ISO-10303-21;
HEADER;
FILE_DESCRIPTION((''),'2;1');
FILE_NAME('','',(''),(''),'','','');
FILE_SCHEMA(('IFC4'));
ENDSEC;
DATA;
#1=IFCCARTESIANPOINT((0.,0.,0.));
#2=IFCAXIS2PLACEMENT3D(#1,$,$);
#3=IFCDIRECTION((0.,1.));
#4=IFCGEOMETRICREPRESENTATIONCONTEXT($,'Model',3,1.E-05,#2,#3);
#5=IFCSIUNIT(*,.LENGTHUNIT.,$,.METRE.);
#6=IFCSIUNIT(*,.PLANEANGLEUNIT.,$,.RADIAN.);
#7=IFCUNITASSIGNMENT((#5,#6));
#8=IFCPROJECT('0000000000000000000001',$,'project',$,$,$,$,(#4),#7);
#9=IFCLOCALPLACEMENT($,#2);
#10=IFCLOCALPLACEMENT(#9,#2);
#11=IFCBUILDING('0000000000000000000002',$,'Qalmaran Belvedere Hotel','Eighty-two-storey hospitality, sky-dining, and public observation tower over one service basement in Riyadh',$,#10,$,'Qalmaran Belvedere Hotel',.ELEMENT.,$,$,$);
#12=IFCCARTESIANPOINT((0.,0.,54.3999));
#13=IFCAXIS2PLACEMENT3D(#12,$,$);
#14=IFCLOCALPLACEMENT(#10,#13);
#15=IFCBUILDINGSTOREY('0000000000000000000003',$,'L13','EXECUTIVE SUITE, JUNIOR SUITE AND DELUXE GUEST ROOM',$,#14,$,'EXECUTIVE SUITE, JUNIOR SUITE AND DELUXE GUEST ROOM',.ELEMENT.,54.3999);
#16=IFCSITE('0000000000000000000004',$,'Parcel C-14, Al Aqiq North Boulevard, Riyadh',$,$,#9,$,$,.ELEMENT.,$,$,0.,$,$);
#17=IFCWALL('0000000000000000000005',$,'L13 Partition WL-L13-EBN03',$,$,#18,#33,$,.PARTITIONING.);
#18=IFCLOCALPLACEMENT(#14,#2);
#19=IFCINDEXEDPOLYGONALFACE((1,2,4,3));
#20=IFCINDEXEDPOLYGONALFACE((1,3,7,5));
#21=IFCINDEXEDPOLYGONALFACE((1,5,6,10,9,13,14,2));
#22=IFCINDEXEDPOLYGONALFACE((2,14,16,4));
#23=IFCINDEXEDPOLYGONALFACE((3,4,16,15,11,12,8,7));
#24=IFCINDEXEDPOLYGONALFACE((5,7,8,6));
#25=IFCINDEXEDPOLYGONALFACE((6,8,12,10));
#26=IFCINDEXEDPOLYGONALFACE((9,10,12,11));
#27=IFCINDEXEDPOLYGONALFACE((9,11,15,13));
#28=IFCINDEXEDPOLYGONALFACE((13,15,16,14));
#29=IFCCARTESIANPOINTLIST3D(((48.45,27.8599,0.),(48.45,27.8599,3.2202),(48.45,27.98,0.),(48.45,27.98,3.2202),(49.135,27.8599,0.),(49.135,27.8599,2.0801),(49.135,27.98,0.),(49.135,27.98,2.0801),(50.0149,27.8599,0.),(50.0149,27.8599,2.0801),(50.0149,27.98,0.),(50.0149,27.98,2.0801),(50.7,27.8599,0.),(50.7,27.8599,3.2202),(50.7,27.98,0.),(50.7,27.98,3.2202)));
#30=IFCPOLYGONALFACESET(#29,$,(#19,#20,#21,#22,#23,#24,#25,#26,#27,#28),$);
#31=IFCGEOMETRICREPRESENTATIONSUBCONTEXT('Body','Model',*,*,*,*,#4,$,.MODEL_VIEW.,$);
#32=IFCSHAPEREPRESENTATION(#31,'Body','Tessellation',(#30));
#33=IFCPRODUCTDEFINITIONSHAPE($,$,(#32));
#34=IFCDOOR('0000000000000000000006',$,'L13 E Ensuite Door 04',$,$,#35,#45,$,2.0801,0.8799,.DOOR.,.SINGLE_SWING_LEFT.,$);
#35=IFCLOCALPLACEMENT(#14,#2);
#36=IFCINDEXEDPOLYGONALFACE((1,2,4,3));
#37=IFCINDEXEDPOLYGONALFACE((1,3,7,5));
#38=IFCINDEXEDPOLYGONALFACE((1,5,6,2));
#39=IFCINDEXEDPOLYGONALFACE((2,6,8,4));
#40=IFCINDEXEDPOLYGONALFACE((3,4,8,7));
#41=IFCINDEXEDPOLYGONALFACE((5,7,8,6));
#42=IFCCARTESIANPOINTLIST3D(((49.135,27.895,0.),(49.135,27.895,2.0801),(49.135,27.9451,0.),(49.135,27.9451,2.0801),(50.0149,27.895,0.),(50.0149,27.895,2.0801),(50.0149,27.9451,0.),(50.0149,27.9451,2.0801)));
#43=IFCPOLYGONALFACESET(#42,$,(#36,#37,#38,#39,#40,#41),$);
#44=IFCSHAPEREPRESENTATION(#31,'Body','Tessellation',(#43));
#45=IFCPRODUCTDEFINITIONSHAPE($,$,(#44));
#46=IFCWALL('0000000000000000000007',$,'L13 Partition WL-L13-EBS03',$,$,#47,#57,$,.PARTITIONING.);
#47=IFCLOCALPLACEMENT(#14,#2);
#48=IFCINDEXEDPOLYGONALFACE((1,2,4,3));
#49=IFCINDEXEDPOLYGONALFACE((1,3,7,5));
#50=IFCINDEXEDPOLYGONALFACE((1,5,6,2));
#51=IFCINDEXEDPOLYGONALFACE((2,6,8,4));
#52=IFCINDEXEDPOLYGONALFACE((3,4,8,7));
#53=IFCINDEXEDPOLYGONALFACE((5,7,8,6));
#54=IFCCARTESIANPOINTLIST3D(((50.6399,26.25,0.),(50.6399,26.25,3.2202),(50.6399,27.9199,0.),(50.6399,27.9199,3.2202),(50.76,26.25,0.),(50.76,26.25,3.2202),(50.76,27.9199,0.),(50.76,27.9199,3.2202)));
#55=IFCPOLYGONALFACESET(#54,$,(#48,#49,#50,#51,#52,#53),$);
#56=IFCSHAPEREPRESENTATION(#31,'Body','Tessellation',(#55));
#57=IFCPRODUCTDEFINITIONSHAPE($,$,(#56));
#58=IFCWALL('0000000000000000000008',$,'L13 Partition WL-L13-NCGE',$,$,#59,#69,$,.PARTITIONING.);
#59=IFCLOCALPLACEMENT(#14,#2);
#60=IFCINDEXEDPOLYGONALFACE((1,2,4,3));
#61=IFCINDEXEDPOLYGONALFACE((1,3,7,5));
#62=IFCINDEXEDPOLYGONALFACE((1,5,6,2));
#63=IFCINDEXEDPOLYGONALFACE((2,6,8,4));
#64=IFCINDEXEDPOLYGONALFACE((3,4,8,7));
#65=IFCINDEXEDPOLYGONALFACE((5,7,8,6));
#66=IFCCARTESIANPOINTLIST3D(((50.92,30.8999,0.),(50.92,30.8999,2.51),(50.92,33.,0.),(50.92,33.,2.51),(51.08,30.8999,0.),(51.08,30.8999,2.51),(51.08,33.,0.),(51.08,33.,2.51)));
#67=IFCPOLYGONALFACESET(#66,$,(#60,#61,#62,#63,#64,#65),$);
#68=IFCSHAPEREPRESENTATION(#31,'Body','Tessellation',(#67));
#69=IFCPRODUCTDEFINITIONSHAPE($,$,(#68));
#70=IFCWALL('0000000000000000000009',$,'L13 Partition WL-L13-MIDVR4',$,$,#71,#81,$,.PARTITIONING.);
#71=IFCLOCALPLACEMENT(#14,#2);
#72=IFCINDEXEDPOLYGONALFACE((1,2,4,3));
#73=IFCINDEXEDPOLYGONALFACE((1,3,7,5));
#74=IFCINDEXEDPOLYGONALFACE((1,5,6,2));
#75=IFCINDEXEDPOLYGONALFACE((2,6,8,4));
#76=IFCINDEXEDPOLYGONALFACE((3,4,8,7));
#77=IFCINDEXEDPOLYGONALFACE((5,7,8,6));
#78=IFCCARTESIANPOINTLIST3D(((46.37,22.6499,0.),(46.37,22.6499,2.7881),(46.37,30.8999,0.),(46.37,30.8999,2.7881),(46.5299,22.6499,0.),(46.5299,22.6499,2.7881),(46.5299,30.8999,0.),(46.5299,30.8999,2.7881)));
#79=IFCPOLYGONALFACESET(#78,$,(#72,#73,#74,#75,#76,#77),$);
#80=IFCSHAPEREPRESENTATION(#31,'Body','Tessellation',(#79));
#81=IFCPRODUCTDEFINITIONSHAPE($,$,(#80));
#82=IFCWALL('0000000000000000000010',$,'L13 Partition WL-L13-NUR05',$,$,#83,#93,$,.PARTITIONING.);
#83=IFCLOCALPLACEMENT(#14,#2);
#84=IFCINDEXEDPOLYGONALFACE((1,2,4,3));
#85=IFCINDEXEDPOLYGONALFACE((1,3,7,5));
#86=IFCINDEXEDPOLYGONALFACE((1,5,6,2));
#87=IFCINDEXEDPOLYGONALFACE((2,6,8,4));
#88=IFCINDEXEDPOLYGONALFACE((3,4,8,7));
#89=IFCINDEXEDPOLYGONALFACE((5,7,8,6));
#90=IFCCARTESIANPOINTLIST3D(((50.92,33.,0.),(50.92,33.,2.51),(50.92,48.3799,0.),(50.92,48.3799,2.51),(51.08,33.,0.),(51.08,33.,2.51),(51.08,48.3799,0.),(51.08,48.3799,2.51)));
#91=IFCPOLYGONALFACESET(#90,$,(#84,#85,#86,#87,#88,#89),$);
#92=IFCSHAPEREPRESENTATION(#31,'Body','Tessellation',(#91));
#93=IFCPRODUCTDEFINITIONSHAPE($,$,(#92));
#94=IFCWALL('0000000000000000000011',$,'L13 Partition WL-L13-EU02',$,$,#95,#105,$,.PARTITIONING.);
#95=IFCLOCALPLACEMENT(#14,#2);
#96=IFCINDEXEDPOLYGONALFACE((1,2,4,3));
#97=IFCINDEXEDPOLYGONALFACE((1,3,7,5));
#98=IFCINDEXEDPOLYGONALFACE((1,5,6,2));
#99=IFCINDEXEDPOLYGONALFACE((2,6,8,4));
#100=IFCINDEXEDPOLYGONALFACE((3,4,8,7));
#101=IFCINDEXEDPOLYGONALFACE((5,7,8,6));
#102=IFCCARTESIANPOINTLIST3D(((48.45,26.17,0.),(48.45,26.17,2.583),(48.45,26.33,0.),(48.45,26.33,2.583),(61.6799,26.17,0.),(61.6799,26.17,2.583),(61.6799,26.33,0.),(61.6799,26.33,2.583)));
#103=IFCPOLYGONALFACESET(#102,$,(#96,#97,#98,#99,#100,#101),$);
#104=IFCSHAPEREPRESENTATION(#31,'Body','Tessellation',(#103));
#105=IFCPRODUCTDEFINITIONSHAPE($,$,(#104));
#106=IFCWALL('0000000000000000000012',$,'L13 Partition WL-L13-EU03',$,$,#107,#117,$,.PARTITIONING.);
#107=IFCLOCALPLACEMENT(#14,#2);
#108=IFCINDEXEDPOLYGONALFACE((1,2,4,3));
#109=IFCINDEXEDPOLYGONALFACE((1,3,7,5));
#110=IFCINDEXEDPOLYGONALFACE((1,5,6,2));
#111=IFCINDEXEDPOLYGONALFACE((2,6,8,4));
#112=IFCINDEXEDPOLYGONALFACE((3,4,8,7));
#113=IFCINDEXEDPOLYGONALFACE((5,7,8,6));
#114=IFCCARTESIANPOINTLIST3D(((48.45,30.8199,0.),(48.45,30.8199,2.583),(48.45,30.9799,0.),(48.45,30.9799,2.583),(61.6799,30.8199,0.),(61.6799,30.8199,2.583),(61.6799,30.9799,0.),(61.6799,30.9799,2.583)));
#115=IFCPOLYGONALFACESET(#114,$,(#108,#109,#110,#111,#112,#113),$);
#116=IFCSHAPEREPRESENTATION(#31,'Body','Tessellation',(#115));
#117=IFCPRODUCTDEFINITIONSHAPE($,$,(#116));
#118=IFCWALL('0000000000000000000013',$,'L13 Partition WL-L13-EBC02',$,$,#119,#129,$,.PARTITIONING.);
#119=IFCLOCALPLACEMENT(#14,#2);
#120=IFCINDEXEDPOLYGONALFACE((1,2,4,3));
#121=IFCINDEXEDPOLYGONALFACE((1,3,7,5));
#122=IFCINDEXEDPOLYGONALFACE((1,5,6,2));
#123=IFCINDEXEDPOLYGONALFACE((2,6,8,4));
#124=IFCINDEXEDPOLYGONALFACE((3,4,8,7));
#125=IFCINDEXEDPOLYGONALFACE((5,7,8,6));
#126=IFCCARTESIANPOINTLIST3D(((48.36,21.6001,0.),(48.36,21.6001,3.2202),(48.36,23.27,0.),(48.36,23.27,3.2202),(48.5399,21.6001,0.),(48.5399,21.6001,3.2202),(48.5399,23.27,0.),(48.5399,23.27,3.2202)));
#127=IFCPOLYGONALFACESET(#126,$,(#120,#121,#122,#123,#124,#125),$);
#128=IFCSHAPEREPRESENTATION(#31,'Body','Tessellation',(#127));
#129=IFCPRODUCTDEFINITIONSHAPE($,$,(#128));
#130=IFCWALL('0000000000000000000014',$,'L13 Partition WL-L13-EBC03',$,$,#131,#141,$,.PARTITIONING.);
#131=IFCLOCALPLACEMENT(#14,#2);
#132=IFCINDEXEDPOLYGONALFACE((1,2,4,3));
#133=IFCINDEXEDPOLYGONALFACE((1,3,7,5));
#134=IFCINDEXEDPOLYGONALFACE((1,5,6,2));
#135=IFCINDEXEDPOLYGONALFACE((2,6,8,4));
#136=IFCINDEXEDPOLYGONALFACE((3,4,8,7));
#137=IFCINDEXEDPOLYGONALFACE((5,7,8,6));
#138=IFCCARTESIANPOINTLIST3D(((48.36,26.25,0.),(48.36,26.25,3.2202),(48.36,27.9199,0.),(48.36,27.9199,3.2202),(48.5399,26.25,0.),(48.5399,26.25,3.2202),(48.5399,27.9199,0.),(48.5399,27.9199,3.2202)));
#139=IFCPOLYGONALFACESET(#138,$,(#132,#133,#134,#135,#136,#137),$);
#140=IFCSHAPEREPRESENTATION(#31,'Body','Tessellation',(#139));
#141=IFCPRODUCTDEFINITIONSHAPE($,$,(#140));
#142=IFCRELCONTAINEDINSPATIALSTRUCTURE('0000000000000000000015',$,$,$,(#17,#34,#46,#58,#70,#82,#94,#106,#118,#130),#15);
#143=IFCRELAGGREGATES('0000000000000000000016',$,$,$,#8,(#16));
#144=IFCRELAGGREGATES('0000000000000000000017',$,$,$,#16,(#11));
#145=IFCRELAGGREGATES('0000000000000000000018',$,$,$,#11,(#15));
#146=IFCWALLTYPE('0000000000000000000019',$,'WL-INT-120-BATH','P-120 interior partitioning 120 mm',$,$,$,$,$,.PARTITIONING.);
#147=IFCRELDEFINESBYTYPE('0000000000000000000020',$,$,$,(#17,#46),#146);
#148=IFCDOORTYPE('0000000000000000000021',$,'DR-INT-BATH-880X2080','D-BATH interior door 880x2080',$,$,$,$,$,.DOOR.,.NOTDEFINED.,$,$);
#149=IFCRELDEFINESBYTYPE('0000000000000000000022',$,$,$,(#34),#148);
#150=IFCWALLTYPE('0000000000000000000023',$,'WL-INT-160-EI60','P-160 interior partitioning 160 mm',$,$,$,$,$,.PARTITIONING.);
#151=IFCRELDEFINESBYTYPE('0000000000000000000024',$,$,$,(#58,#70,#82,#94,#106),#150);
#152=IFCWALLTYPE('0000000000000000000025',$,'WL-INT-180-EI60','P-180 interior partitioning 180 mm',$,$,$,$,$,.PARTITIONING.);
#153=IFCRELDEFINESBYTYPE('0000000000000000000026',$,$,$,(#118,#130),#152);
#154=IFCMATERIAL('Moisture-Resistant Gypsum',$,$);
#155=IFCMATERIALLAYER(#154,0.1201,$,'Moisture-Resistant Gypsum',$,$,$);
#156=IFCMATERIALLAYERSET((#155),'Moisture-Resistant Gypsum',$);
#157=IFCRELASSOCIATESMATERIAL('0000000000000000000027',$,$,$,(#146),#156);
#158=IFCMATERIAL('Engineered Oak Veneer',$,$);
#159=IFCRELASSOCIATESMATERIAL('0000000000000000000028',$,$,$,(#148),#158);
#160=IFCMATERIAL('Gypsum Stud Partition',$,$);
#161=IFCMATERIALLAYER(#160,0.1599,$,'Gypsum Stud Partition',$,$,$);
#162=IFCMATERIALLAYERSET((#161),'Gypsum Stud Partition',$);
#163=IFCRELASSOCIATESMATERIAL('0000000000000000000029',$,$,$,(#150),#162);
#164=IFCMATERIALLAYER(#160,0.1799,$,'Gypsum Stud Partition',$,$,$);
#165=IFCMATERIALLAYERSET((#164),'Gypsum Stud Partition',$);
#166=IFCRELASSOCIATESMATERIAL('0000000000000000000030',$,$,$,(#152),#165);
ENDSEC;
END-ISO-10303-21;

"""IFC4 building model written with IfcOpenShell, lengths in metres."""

from ifc_helpers import new_model, si_unit, direction, frame, frame_2d, origin, place, context, subcontext, project, spatial, rectangle, extrude, material, layer, layer_set, type_object, element, fill, save


model = new_model("IFC4")

# Units and contexts
model_context = context("Model", 3, precision=1e-05, world=origin(), true_north=direction((0.0, 1.0)))
body_context = subcontext(model_context, "Body", "Model", "MODEL_VIEW")
ifc_project = project(units=[si_unit("LENGTHUNIT", "METRE"), si_unit("PLANEANGLEUNIT", "RADIAN")], contexts=[model_context])

# Site, building, storey
site_placement = place(None, origin())
site = spatial("IfcSite", under=ifc_project, at=site_placement, Name="Parcel C-14, Al Aqiq North Boulevard, Riyadh", CompositionType="ELEMENT", RefElevation=0.0)
building_placement = place(site_placement, origin())
building = spatial("IfcBuilding", under=site, at=building_placement, Name="Qalmaran Belvedere Hotel", Description="Eighty-two-storey hospitality, sky-dining, and public observation tower over one service basement in Riyadh", LongName="Qalmaran Belvedere Hotel", CompositionType="ELEMENT")
storey_placement = place(building_placement, frame((0.0, 0.0, 54.3999)))
storey = spatial("IfcBuildingStorey", under=building, at=storey_placement, Name="L13", Description="EXECUTIVE SUITE, JUNIOR SUITE AND DELUXE GUEST ROOM", LongName="EXECUTIVE SUITE, JUNIOR SUITE AND DELUXE GUEST ROOM", CompositionType="ELEMENT", Elevation=54.3999)

# Shared definitions
ifc_material_1 = material(Name="Moisture-Resistant Gypsum")
ifc_layer_1 = layer(ifc_material_1, 0.1201, Name="Moisture-Resistant Gypsum")
ifc_layer_set_1 = layer_set([ifc_layer_1], Name="Moisture-Resistant Gypsum")
wall_type_1 = type_object("IfcWallType", Name="WL-INT-120-BATH", Description="P-120 interior partitioning 120 mm", PredefinedType="PARTITIONING", material=ifc_layer_set_1)

# Shared definitions
ifc_material_2 = material(Name="Engineered Oak Veneer")
door_type_1 = type_object("IfcDoorType", Name="DR-INT-BATH-880X2080", Description="D-BATH interior door 880x2080", OperationType="NOTDEFINED", PredefinedType="DOOR", material=ifc_material_2)

# Wall, opening, door
wall_1_placement = place(storey_placement, frame((48.45, 27.9199, 0.0), z_axis=(0.0, 0.0, 1.0), x_axis=(1.0, 0.0, 0.0)))
wall_1 = element("IfcWall", 1, at=wall_1_placement, inside=storey, type_object=wall_type_1, Name="L13 Partition WL-L13-EBN03", PredefinedType="PARTITIONING", context=body_context, shape_type="SweptSolid", body=[
    extrude(rectangle(XDim=2.25, YDim=0.1201, at=frame_2d((1.125, 0.0))), origin(), (0.0, 0.0, 1.0), 3.2202),
])
opening_1_placement = place(wall_1_placement, frame((1.5649, 0.0, 0.0), z_axis=(0.0, 0.0, 1.0), x_axis=(-1.0, 0.0, 0.0)))
opening_1 = element("IfcOpeningElement", 2, at=opening_1_placement, cuts=wall_1, PredefinedType="OPENING", context=body_context, shape_type="SweptSolid", body=[
    extrude(rectangle(XDim=0.8799, YDim=2.0801, at=frame_2d((0.4399, 1.04))), frame((0.0, 0.0701, 0.0), z_axis=(0.0, -1.0, 0.0), x_axis=(1.0, 0.0, 0.0)), (0.0, 0.0, 1.0), 0.1401),
])
door_1_placement = place(opening_1_placement, origin())
door_1 = element("IfcDoor", 3, at=door_1_placement, inside=storey, type_object=door_type_1, Name="L13 E Ensuite Door 04", OperationType="SINGLE_SWING_LEFT", OverallHeight=2.0801, OverallWidth=0.8799, PredefinedType="DOOR", context=body_context, shape_type="SweptSolid", body=[
    extrude(rectangle(XDim=0.8799, YDim=2.0801, at=frame_2d((0.4399, 1.04))), frame((0.0, 0.0249, 0.0), z_axis=(0.0, -1.0, 0.0), x_axis=(1.0, 0.0, 0.0)), (0.0, 0.0, 1.0), 0.05),
])
fill(opening_1, door_1)

# Wall
wall_2_placement = place(storey_placement, frame((50.7, 26.25, 0.0), z_axis=(0.0, 0.0, 1.0), x_axis=(0.0, 1.0, 0.0)))
element("IfcWall", 4, at=wall_2_placement, inside=storey, type_object=wall_type_1, Name="L13 Partition WL-L13-EBS03", PredefinedType="PARTITIONING", context=body_context, shape_type="SweptSolid", body=[
    extrude(rectangle(XDim=1.6699, YDim=0.1201, at=frame_2d((0.835, 0.0))), origin(), (0.0, 0.0, 1.0), 3.2202),
])

# Shared definitions
ifc_material_3 = material(Name="Gypsum Stud Partition")

# Walls
ifc_layer_2 = layer(ifc_material_3, 0.1599, Name="Gypsum Stud Partition")
ifc_layer_set_2 = layer_set([ifc_layer_2], Name="Gypsum Stud Partition")
wall_type_2 = type_object("IfcWallType", Name="WL-INT-160-EI60", Description="P-160 interior partitioning 160 mm", PredefinedType="PARTITIONING", material=ifc_layer_set_2)
wall_3_placement = place(storey_placement, frame((51.0, 30.8999, 0.0), z_axis=(0.0, 0.0, 1.0), x_axis=(0.0, 1.0, 0.0)))
element("IfcWall", 5, at=wall_3_placement, inside=storey, type_object=wall_type_2, Name="L13 Partition WL-L13-NCGE", PredefinedType="PARTITIONING", context=body_context, shape_type="SweptSolid", body=[
    extrude(rectangle(XDim=2.1001, YDim=0.1599, at=frame_2d((1.05, 0.0))), origin(), (0.0, 0.0, 1.0), 2.51),
])
wall_4_placement = place(storey_placement, frame((46.45, 22.6499, 0.0), z_axis=(0.0, 0.0, 1.0), x_axis=(0.0, 1.0, 0.0)))
element("IfcWall", 6, at=wall_4_placement, inside=storey, type_object=wall_type_2, Name="L13 Partition WL-L13-MIDVR4", PredefinedType="PARTITIONING", context=body_context, shape_type="SweptSolid", body=[
    extrude(rectangle(XDim=8.25, YDim=0.1599, at=frame_2d((4.125, 0.0))), origin(), (0.0, 0.0, 1.0), 2.7881),
])
wall_5_placement = place(storey_placement, frame((51.0, 33.0, 0.0), z_axis=(0.0, 0.0, 1.0), x_axis=(0.0, 1.0, 0.0)))
element("IfcWall", 7, at=wall_5_placement, inside=storey, type_object=wall_type_2, Name="L13 Partition WL-L13-NUR05", PredefinedType="PARTITIONING", context=body_context, shape_type="SweptSolid", body=[
    extrude(rectangle(XDim=15.3799, YDim=0.1599, at=frame_2d((7.6899, 0.0))), origin(), (0.0, 0.0, 1.0), 2.51),
])
for number, where, z_axis, x_axis, name in (
    (8, (48.45, 26.25, 0.0), (0.0, 0.0, 1.0), (1.0, 0.0, 0.0), "L13 Partition WL-L13-EU02"),
    (9, (48.45, 30.8999, 0.0), (0.0, 0.0, 1.0), (1.0, 0.0, 0.0), "L13 Partition WL-L13-EU03"),
):
    element("IfcWall", number, at=place(storey_placement, frame(where, z_axis=z_axis, x_axis=x_axis)), inside=storey, type_object=wall_type_2, Name=name, PredefinedType="PARTITIONING", context=body_context, shape_type="SweptSolid", body=[
        extrude(rectangle(XDim=13.23, YDim=0.1599, at=frame_2d((6.615, 0.0))), origin(), (0.0, 0.0, 1.0), 2.583),
    ])

# Shared definitions
ifc_layer_3 = layer(ifc_material_3, 0.1799, Name="Gypsum Stud Partition")
ifc_layer_set_3 = layer_set([ifc_layer_3], Name="Gypsum Stud Partition")
wall_type_3 = type_object("IfcWallType", Name="WL-INT-180-EI60", Description="P-180 interior partitioning 180 mm", PredefinedType="PARTITIONING", material=ifc_layer_set_3)

# Wall
wall_6_placement = place(storey_placement, frame((48.45, 21.6001, 0.0), z_axis=(0.0, 0.0, 1.0), x_axis=(0.0, 1.0, 0.0)))
element("IfcWall", 10, at=wall_6_placement, inside=storey, type_object=wall_type_3, Name="L13 Partition WL-L13-EBC02", PredefinedType="PARTITIONING", context=body_context, shape_type="SweptSolid", body=[
    extrude(rectangle(XDim=1.6699, YDim=0.1799, at=frame_2d((0.835, 0.0))), origin(), (0.0, 0.0, 1.0), 3.2202),
])

# Wall
wall_7_placement = place(storey_placement, frame((48.45, 26.25, 0.0), z_axis=(0.0, 0.0, 1.0), x_axis=(0.0, 1.0, 0.0)))
element("IfcWall", 11, at=wall_7_placement, inside=storey, type_object=wall_type_3, Name="L13 Partition WL-L13-EBC03", PredefinedType="PARTITIONING", context=body_context, shape_type="SweptSolid", body=[
    extrude(rectangle(XDim=1.6699, YDim=0.1799, at=frame_2d((0.835, 0.0))), origin(), (0.0, 0.0, 1.0), 3.2202),
])

save(model, "model.ifc")
